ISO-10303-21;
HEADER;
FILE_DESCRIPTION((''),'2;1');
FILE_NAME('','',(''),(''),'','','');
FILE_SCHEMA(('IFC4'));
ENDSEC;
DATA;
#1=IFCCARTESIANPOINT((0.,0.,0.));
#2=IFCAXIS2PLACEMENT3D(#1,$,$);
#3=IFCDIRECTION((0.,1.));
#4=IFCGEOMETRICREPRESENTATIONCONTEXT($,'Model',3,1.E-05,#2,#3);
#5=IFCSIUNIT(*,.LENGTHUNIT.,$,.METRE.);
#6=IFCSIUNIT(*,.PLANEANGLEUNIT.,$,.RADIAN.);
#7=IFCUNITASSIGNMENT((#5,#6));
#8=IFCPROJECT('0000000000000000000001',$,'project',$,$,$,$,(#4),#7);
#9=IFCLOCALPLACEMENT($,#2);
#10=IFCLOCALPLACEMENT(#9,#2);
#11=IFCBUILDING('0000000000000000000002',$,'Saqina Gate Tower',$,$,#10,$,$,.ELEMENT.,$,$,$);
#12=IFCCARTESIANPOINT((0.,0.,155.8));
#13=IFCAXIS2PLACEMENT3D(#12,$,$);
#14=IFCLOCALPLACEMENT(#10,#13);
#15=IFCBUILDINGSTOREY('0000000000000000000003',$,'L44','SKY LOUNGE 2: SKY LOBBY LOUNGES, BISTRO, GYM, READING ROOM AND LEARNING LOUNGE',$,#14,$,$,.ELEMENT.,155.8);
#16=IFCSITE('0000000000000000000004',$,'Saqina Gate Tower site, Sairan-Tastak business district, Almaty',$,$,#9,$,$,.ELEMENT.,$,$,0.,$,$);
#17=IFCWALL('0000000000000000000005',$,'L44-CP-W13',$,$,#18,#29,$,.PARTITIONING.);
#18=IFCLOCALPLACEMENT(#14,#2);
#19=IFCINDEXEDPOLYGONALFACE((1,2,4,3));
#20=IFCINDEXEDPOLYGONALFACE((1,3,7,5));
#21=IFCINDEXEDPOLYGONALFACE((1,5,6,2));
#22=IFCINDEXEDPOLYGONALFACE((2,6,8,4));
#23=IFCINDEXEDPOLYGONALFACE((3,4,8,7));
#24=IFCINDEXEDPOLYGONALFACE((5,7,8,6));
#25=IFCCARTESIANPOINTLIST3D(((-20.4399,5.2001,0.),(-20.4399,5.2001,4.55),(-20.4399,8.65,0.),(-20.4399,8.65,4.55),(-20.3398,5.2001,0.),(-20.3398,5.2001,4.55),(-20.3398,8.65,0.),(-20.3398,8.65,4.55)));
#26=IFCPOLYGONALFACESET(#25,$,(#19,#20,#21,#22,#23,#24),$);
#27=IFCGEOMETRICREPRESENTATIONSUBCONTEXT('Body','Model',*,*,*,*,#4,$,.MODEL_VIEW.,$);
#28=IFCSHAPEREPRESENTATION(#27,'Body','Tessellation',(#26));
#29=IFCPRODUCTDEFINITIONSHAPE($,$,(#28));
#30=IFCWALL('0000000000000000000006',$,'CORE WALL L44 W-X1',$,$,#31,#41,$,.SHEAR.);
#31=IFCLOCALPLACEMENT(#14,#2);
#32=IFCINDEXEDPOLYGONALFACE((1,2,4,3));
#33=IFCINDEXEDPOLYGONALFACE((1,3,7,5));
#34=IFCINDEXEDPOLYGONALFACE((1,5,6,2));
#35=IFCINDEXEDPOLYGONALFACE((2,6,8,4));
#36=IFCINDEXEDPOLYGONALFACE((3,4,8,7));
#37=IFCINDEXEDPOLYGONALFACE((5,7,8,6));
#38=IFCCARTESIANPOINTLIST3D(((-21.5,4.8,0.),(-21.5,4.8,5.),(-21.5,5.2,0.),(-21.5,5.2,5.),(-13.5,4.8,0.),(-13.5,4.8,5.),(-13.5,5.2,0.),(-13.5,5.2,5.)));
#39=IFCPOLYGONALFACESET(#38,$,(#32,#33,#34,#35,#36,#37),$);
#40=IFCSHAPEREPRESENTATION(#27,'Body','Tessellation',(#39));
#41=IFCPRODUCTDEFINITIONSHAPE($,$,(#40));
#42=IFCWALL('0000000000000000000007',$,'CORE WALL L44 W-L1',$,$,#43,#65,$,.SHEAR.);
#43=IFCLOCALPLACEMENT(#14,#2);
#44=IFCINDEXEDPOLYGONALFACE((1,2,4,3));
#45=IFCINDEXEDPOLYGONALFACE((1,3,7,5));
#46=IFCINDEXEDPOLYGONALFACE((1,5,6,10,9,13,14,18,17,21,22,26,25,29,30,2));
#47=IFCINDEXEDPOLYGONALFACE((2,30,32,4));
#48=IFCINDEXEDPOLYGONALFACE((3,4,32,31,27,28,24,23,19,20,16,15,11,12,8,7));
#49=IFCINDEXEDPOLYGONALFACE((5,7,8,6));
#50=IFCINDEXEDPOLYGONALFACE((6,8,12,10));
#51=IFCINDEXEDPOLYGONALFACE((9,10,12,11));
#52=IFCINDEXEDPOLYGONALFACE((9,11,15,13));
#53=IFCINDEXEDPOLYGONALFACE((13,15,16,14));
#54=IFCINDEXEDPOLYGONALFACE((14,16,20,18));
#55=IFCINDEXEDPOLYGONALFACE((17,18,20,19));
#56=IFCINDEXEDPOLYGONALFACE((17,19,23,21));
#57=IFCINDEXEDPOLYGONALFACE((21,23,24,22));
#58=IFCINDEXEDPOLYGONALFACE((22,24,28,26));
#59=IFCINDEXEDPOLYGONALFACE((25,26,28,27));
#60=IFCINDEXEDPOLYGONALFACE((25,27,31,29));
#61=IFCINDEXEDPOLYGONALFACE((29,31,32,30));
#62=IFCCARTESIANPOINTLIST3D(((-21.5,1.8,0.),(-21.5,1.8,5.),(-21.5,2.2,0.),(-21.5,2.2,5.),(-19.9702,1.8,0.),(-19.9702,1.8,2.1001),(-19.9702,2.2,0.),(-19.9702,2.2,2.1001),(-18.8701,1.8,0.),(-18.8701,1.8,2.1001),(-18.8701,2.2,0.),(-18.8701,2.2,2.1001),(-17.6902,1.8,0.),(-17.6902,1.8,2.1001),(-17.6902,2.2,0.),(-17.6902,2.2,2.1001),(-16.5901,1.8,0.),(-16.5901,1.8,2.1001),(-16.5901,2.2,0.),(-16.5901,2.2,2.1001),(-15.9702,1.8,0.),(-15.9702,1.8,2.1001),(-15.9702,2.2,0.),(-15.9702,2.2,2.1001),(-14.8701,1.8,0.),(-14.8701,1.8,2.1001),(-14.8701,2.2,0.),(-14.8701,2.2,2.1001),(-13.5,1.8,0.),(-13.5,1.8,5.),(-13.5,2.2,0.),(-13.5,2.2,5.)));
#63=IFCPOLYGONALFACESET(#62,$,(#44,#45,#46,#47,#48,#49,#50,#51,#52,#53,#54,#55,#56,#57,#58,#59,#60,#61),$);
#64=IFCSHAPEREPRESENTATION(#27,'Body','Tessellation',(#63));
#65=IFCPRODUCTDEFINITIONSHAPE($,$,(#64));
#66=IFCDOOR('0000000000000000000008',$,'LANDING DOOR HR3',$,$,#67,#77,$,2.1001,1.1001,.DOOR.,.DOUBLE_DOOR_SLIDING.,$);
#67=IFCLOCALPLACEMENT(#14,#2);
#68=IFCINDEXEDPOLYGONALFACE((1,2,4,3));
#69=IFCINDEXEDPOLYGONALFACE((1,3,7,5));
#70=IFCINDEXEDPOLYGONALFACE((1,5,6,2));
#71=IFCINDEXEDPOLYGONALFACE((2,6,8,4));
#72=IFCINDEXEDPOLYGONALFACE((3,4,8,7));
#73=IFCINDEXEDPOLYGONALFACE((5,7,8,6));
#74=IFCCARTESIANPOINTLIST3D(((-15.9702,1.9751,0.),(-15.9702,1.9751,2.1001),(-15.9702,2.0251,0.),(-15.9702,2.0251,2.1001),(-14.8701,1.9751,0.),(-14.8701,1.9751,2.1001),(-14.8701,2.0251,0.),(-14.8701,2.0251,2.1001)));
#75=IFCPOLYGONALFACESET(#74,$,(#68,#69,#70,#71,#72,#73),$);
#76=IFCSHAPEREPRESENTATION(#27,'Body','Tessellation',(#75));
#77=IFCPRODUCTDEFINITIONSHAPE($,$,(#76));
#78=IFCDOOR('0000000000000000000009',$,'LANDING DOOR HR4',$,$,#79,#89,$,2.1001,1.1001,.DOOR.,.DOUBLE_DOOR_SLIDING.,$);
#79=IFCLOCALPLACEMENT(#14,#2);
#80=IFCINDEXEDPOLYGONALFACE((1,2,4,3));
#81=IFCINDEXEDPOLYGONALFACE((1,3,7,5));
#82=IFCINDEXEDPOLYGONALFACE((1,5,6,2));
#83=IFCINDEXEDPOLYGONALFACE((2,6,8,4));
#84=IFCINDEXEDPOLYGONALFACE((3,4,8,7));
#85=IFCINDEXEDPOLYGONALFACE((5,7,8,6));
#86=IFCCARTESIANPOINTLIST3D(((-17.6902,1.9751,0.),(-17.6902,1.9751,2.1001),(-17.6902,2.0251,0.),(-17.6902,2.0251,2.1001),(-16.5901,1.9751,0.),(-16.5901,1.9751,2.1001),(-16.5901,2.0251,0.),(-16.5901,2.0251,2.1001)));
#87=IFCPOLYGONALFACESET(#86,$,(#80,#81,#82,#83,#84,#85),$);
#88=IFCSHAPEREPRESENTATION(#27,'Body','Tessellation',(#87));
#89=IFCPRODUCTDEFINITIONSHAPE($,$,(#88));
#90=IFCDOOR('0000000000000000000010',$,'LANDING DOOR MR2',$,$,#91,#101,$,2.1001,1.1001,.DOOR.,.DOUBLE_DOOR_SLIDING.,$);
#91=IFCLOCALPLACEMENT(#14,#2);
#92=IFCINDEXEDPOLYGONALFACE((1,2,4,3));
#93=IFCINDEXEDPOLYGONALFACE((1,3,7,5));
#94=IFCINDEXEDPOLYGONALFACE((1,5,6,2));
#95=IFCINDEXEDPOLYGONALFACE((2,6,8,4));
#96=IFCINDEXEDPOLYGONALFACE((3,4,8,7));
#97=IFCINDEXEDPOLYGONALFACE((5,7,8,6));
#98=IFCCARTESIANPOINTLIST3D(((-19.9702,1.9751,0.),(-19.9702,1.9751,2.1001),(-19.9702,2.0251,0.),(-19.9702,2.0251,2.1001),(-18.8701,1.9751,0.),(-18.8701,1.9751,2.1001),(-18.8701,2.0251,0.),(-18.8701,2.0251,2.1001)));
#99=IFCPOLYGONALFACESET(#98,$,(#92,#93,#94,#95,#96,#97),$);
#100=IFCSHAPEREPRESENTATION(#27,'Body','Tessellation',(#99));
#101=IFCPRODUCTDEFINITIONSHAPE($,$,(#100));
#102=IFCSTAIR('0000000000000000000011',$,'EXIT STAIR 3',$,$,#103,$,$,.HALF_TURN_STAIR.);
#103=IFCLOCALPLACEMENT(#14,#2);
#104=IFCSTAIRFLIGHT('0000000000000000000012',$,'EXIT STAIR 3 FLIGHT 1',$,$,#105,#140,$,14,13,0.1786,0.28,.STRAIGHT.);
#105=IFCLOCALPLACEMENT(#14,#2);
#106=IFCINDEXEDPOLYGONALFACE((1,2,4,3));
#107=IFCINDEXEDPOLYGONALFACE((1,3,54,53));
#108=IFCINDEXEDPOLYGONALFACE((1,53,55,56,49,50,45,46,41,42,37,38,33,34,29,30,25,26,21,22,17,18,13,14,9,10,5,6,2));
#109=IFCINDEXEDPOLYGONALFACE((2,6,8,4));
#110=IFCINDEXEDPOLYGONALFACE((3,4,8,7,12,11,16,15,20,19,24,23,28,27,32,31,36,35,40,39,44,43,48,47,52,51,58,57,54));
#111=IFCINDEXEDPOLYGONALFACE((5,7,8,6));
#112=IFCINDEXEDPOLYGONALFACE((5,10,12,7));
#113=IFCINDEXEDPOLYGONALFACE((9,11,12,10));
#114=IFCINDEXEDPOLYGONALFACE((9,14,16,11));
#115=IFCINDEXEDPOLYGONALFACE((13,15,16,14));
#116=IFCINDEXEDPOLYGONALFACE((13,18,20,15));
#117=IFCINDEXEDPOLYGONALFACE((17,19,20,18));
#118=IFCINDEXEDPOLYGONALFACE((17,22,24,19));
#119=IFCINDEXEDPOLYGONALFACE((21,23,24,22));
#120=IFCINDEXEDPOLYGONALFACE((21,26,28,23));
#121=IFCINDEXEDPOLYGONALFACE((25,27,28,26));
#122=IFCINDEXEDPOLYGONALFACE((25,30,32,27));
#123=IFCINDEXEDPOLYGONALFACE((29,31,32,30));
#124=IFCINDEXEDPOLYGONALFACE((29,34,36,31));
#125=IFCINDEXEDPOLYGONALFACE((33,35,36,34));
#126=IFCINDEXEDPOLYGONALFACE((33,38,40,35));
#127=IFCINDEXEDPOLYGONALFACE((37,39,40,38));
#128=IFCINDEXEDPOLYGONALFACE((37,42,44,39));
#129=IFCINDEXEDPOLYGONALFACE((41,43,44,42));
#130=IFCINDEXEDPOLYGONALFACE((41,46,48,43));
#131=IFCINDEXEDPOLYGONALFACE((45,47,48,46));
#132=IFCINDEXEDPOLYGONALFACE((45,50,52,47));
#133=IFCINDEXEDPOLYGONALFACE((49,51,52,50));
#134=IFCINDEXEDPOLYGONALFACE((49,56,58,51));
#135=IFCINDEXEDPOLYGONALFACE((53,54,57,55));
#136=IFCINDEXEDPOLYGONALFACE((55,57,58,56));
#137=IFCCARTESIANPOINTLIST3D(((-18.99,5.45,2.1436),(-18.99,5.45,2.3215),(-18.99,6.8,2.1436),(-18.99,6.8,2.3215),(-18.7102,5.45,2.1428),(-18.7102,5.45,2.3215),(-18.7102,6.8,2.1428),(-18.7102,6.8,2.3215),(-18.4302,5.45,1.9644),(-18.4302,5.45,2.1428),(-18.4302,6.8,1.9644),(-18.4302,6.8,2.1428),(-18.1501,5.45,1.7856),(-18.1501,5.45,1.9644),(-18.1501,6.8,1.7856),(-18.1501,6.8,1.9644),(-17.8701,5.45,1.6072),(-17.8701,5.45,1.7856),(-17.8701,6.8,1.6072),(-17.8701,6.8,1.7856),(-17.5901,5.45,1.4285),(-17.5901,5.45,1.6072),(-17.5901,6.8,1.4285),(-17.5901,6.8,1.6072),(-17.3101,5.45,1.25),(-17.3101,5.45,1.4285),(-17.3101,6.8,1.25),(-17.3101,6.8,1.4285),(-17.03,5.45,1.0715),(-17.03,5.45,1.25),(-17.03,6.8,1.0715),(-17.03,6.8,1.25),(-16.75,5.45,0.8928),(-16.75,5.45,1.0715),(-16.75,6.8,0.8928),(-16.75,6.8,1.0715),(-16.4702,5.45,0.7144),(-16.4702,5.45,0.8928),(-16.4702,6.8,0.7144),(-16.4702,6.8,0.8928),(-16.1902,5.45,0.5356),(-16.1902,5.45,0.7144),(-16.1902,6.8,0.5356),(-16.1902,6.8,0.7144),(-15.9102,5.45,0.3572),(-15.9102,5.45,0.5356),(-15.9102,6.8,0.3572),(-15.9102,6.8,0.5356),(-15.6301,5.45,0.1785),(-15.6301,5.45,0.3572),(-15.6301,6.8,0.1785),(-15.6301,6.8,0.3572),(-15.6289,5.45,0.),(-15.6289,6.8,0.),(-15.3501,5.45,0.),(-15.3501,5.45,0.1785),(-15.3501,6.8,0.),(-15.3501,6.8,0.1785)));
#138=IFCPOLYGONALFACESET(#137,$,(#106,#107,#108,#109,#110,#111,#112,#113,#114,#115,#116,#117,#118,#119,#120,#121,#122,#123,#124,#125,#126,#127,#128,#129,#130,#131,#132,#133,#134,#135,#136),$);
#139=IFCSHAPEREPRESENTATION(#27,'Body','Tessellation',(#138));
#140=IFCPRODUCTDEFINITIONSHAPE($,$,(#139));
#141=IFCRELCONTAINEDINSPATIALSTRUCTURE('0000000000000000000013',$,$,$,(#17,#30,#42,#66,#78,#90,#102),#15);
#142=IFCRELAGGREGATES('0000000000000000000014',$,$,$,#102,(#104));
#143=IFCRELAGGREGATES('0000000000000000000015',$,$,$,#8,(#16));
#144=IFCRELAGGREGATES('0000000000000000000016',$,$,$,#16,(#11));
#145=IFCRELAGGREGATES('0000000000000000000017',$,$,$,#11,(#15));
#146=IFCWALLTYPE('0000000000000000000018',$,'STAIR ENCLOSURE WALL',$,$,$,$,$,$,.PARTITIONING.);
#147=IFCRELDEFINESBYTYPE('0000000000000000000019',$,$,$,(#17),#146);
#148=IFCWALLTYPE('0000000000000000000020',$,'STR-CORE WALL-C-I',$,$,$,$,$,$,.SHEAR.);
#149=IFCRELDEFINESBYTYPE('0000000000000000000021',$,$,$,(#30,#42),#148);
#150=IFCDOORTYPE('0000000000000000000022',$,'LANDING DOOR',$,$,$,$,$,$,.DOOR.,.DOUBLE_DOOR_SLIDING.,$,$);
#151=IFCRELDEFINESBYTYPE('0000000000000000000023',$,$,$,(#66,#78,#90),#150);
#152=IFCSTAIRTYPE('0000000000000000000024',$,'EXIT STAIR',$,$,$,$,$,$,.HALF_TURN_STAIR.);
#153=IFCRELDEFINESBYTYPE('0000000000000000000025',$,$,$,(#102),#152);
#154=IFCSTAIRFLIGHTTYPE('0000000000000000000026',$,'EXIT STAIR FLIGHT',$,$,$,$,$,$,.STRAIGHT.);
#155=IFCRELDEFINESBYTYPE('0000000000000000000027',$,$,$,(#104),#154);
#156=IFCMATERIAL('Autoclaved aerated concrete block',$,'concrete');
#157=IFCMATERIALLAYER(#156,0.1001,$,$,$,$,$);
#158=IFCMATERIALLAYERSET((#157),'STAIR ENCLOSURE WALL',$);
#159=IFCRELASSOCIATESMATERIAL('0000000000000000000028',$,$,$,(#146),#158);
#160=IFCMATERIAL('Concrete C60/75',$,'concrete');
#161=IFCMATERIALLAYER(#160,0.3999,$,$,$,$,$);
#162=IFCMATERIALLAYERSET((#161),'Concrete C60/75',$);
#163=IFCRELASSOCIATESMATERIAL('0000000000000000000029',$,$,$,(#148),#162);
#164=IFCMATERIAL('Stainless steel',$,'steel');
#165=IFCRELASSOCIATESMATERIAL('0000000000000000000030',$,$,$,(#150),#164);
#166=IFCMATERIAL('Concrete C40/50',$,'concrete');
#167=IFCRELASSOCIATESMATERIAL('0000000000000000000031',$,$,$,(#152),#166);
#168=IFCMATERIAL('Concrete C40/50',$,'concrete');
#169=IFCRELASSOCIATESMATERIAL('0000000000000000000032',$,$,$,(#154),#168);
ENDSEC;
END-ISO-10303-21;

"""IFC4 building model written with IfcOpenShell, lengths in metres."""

from ifc_helpers import new_model, si_unit, direction, frame, frame_2d, origin, place, context, subcontext, project, spatial, polyline, rectangle, outline, extrude, material, layer, layer_set, type_object, element, fill, aggregate, save


model = new_model("IFC4")

# Units and contexts
model_context = context("Model", 3, precision=1e-05, world=origin(), true_north=direction((0.0, 1.0)))
body_context = subcontext(model_context, "Body", "Model", "MODEL_VIEW")
ifc_project = project(units=[si_unit("LENGTHUNIT", "METRE"), si_unit("PLANEANGLEUNIT", "RADIAN")], contexts=[model_context])

# Site, building, storey
site_placement = place(None, origin())
site = spatial("IfcSite", under=ifc_project, at=site_placement, Name="Saqina Gate Tower site, Sairan-Tastak business district, Almaty", CompositionType="ELEMENT", RefElevation=0.0)
building_placement = place(site_placement, origin())
building = spatial("IfcBuilding", under=site, at=building_placement, Name="Saqina Gate Tower", CompositionType="ELEMENT")
storey_placement = place(building_placement, frame((0.0, 0.0, 155.8)))
storey = spatial("IfcBuildingStorey", under=building, at=storey_placement, Name="L44", Description="SKY LOUNGE 2: SKY LOBBY LOUNGES, BISTRO, GYM, READING ROOM AND LEARNING LOUNGE", CompositionType="ELEMENT", Elevation=155.8)

# Walls
ifc_material_1 = material(Name="Autoclaved aerated concrete block", Category="concrete")
ifc_layer_1 = layer(ifc_material_1, 0.1001)
ifc_layer_set_1 = layer_set([ifc_layer_1], Name="STAIR ENCLOSURE WALL")
wall_type_1 = type_object("IfcWallType", Name="STAIR ENCLOSURE WALL", PredefinedType="PARTITIONING", material=ifc_layer_set_1)
wall_1_placement = place(storey_placement, frame((-20.3899, 5.2, 0.0), z_axis=(0.0, 0.0, 1.0), x_axis=(0.0, 1.0, 0.0)))
element("IfcWall", 1, at=wall_1_placement, inside=storey, type_object=wall_type_1, Name="L44-CP-W13", PredefinedType="PARTITIONING", context=body_context, shape_type="SweptSolid", body=[
    extrude(rectangle(XDim=3.45, YDim=0.1001, at=frame_2d((1.7251, 0.0))), origin(), (0.0, 0.0, 1.0), 4.55),
])
ifc_material_2 = material(Name="Concrete C60/75", Category="concrete")
ifc_layer_2 = layer(ifc_material_2, 0.3999)
ifc_layer_set_2 = layer_set([ifc_layer_2], Name="Concrete C60/75")
wall_type_2 = type_object("IfcWallType", Name="STR-CORE WALL-C-I", PredefinedType="SHEAR", material=ifc_layer_set_2)
wall_2_placement = place(storey_placement, frame((-13.5, 5.0, 0.0), z_axis=(0.0, 0.0, 1.0), x_axis=(-1.0, 0.0, 0.0)))
element("IfcWall", 2, at=wall_2_placement, inside=storey, type_object=wall_type_2, Name="CORE WALL L44 W-X1", PredefinedType="SHEAR", context=body_context, shape_type="SweptSolid", body=[
    extrude(rectangle(XDim=8.0, YDim=0.3999, at=frame_2d((4.0, 0.0))), origin(), (0.0, 0.0, 1.0), 5.0),
])

# Wall, openings, doors
wall_3_placement = place(storey_placement, frame((-13.5, 2.0, 0.0), z_axis=(0.0, 0.0, 1.0), x_axis=(-1.0, 0.0, 0.0)))
wall_3 = element("IfcWall", 3, at=wall_3_placement, inside=storey, type_object=wall_type_2, Name="CORE WALL L44 W-L1", PredefinedType="SHEAR", context=body_context, shape_type="SweptSolid", body=[
    extrude(rectangle(XDim=8.0, YDim=0.3999, at=frame_2d((4.0, 0.0))), origin(), (0.0, 0.0, 1.0), 5.0),
])
opening_1_placement = place(wall_3_placement, frame((1.3701, 0.0, 0.0)))
opening_1 = element("IfcOpeningElement", 4, at=opening_1_placement, cuts=wall_3, PredefinedType="OPENING", context=body_context, shape_type="SweptSolid", body=[
    extrude(rectangle(XDim=1.1001, YDim=2.1001, at=frame_2d((0.55, 1.05))), frame((0.0, 0.2119, 0.0), z_axis=(0.0, -1.0, 0.0), x_axis=(1.0, 0.0, 0.0)), (0.0, 0.0, 1.0), 0.4238),
])
opening_2_placement = place(wall_3_placement, frame((3.0901, 0.0, 0.0)))
opening_2 = element("IfcOpeningElement", 5, at=opening_2_placement, cuts=wall_3, PredefinedType="OPENING", context=body_context, shape_type="SweptSolid", body=[
    extrude(rectangle(XDim=1.1001, YDim=2.1001, at=frame_2d((0.55, 1.05))), frame((0.0, 0.2119, 0.0), z_axis=(0.0, -1.0, 0.0), x_axis=(1.0, 0.0, 0.0)), (0.0, 0.0, 1.0), 0.4238),
])
opening_3_placement = place(wall_3_placement, frame((5.3701, 0.0, 0.0)))
opening_3 = element("IfcOpeningElement", 6, at=opening_3_placement, cuts=wall_3, PredefinedType="OPENING", context=body_context, shape_type="SweptSolid", body=[
    extrude(rectangle(XDim=1.1001, YDim=2.1001, at=frame_2d((0.55, 1.05))), frame((0.0, 0.2119, 0.0), z_axis=(0.0, -1.0, 0.0), x_axis=(1.0, 0.0, 0.0)), (0.0, 0.0, 1.0), 0.4238),
])
ifc_material_3 = material(Name="Stainless steel", Category="steel")
door_type_1 = type_object("IfcDoorType", Name="LANDING DOOR", OperationType="DOUBLE_DOOR_SLIDING", PredefinedType="DOOR", material=ifc_material_3)
door_1_placement = place(opening_1_placement, origin())
door_1 = element("IfcDoor", 7, at=door_1_placement, inside=storey, type_object=door_type_1, Name="LANDING DOOR HR3", OperationType="DOUBLE_DOOR_SLIDING", OverallHeight=2.1001, OverallWidth=1.1001, PredefinedType="DOOR", context=body_context, shape_type="SweptSolid", body=[
    extrude(rectangle(XDim=1.1001, YDim=2.1001, at=frame_2d((0.55, 1.05))), frame((0.0, 0.0249, 0.0), z_axis=(0.0, -1.0, 0.0), x_axis=(1.0, 0.0, 0.0)), (0.0, 0.0, 1.0), 0.05),
])
fill(opening_1, door_1)
door_2_placement = place(opening_2_placement, origin())
door_2 = element("IfcDoor", 8, at=door_2_placement, inside=storey, type_object=door_type_1, Name="LANDING DOOR HR4", OperationType="DOUBLE_DOOR_SLIDING", OverallHeight=2.1001, OverallWidth=1.1001, PredefinedType="DOOR", context=body_context, shape_type="SweptSolid", body=[
    extrude(rectangle(XDim=1.1001, YDim=2.1001, at=frame_2d((0.55, 1.05))), frame((0.0, 0.0249, 0.0), z_axis=(0.0, -1.0, 0.0), x_axis=(1.0, 0.0, 0.0)), (0.0, 0.0, 1.0), 0.05),
])
fill(opening_2, door_2)
door_3_placement = place(opening_3_placement, origin())
door_3 = element("IfcDoor", 9, at=door_3_placement, inside=storey, type_object=door_type_1, Name="LANDING DOOR MR2", OperationType="DOUBLE_DOOR_SLIDING", OverallHeight=2.1001, OverallWidth=1.1001, PredefinedType="DOOR", context=body_context, shape_type="SweptSolid", body=[
    extrude(rectangle(XDim=1.1001, YDim=2.1001, at=frame_2d((0.55, 1.05))), frame((0.0, 0.0249, 0.0), z_axis=(0.0, -1.0, 0.0), x_axis=(1.0, 0.0, 0.0)), (0.0, 0.0, 1.0), 0.05),
])
fill(opening_3, door_3)

# Stair, stair flight
ifc_material_4 = material(Name="Concrete C40/50", Category="concrete")
stair_type = type_object("IfcStairType", Name="EXIT STAIR", PredefinedType="HALF_TURN_STAIR", material=ifc_material_4)
stair_placement = place(storey_placement, origin())
stair = element("IfcStair", 10, at=stair_placement, inside=storey, type_object=stair_type, Name="EXIT STAIR 3", PredefinedType="HALF_TURN_STAIR")
ifc_material_5 = material(Name="Concrete C40/50", Category="concrete")
stair_flight_type = type_object("IfcStairFlightType", Name="EXIT STAIR FLIGHT", PredefinedType="STRAIGHT", material=ifc_material_5)
stair_flight_1_placement = place(storey_placement, frame((-15.3501, 6.125, 0.0), z_axis=(0.0, 0.0, 1.0), x_axis=(-1.0, 0.0, 0.0)))
stair_flight_1 = element("IfcStairFlight", 11, at=stair_flight_1_placement, type_object=stair_flight_type, Name="EXIT STAIR 3 FLIGHT 1", NumberOfRisers=14, NumberOfTreads=13, PredefinedType="STRAIGHT", RiserHeight=0.1786, TreadLength=0.28, context=body_context, shape_type="SweptSolid", body=[
    extrude(outline(polyline([(0.0, 0.0), (0.0, 0.1785), (0.28, 0.1785), (0.28, 0.3572), (0.5601, 0.3572), (0.5601, 0.5356), (0.8401, 0.5356), (0.8401, 0.7144), (1.1201, 0.7144), (1.1201, 0.8928), (1.3999, 0.8928), (1.3999, 1.0715), (1.6799, 1.0715), (1.6799, 1.25), (1.96, 1.25), (1.96, 1.4285), (2.24, 1.4285), (2.24, 1.6072), (2.52, 1.6072), (2.52, 1.7856), (2.8, 1.7856), (2.8, 1.9644), (3.0801, 1.9644), (3.0801, 2.1428), (3.3601, 2.1428), (3.3601, 2.3215), (3.6399, 2.3215), (3.6399, 2.5), (3.6399, 2.1436), (0.2788, 0.0), (0.0, 0.0)])), frame((0.0, 0.675, 0.0), z_axis=(0.0, -1.0, 0.0), x_axis=(1.0, 0.0, 0.0)), (0.0, 0.0, 1.0), 1.3501),
])
aggregate(stair, [stair_flight_1])

save(model, "model.ifc")
